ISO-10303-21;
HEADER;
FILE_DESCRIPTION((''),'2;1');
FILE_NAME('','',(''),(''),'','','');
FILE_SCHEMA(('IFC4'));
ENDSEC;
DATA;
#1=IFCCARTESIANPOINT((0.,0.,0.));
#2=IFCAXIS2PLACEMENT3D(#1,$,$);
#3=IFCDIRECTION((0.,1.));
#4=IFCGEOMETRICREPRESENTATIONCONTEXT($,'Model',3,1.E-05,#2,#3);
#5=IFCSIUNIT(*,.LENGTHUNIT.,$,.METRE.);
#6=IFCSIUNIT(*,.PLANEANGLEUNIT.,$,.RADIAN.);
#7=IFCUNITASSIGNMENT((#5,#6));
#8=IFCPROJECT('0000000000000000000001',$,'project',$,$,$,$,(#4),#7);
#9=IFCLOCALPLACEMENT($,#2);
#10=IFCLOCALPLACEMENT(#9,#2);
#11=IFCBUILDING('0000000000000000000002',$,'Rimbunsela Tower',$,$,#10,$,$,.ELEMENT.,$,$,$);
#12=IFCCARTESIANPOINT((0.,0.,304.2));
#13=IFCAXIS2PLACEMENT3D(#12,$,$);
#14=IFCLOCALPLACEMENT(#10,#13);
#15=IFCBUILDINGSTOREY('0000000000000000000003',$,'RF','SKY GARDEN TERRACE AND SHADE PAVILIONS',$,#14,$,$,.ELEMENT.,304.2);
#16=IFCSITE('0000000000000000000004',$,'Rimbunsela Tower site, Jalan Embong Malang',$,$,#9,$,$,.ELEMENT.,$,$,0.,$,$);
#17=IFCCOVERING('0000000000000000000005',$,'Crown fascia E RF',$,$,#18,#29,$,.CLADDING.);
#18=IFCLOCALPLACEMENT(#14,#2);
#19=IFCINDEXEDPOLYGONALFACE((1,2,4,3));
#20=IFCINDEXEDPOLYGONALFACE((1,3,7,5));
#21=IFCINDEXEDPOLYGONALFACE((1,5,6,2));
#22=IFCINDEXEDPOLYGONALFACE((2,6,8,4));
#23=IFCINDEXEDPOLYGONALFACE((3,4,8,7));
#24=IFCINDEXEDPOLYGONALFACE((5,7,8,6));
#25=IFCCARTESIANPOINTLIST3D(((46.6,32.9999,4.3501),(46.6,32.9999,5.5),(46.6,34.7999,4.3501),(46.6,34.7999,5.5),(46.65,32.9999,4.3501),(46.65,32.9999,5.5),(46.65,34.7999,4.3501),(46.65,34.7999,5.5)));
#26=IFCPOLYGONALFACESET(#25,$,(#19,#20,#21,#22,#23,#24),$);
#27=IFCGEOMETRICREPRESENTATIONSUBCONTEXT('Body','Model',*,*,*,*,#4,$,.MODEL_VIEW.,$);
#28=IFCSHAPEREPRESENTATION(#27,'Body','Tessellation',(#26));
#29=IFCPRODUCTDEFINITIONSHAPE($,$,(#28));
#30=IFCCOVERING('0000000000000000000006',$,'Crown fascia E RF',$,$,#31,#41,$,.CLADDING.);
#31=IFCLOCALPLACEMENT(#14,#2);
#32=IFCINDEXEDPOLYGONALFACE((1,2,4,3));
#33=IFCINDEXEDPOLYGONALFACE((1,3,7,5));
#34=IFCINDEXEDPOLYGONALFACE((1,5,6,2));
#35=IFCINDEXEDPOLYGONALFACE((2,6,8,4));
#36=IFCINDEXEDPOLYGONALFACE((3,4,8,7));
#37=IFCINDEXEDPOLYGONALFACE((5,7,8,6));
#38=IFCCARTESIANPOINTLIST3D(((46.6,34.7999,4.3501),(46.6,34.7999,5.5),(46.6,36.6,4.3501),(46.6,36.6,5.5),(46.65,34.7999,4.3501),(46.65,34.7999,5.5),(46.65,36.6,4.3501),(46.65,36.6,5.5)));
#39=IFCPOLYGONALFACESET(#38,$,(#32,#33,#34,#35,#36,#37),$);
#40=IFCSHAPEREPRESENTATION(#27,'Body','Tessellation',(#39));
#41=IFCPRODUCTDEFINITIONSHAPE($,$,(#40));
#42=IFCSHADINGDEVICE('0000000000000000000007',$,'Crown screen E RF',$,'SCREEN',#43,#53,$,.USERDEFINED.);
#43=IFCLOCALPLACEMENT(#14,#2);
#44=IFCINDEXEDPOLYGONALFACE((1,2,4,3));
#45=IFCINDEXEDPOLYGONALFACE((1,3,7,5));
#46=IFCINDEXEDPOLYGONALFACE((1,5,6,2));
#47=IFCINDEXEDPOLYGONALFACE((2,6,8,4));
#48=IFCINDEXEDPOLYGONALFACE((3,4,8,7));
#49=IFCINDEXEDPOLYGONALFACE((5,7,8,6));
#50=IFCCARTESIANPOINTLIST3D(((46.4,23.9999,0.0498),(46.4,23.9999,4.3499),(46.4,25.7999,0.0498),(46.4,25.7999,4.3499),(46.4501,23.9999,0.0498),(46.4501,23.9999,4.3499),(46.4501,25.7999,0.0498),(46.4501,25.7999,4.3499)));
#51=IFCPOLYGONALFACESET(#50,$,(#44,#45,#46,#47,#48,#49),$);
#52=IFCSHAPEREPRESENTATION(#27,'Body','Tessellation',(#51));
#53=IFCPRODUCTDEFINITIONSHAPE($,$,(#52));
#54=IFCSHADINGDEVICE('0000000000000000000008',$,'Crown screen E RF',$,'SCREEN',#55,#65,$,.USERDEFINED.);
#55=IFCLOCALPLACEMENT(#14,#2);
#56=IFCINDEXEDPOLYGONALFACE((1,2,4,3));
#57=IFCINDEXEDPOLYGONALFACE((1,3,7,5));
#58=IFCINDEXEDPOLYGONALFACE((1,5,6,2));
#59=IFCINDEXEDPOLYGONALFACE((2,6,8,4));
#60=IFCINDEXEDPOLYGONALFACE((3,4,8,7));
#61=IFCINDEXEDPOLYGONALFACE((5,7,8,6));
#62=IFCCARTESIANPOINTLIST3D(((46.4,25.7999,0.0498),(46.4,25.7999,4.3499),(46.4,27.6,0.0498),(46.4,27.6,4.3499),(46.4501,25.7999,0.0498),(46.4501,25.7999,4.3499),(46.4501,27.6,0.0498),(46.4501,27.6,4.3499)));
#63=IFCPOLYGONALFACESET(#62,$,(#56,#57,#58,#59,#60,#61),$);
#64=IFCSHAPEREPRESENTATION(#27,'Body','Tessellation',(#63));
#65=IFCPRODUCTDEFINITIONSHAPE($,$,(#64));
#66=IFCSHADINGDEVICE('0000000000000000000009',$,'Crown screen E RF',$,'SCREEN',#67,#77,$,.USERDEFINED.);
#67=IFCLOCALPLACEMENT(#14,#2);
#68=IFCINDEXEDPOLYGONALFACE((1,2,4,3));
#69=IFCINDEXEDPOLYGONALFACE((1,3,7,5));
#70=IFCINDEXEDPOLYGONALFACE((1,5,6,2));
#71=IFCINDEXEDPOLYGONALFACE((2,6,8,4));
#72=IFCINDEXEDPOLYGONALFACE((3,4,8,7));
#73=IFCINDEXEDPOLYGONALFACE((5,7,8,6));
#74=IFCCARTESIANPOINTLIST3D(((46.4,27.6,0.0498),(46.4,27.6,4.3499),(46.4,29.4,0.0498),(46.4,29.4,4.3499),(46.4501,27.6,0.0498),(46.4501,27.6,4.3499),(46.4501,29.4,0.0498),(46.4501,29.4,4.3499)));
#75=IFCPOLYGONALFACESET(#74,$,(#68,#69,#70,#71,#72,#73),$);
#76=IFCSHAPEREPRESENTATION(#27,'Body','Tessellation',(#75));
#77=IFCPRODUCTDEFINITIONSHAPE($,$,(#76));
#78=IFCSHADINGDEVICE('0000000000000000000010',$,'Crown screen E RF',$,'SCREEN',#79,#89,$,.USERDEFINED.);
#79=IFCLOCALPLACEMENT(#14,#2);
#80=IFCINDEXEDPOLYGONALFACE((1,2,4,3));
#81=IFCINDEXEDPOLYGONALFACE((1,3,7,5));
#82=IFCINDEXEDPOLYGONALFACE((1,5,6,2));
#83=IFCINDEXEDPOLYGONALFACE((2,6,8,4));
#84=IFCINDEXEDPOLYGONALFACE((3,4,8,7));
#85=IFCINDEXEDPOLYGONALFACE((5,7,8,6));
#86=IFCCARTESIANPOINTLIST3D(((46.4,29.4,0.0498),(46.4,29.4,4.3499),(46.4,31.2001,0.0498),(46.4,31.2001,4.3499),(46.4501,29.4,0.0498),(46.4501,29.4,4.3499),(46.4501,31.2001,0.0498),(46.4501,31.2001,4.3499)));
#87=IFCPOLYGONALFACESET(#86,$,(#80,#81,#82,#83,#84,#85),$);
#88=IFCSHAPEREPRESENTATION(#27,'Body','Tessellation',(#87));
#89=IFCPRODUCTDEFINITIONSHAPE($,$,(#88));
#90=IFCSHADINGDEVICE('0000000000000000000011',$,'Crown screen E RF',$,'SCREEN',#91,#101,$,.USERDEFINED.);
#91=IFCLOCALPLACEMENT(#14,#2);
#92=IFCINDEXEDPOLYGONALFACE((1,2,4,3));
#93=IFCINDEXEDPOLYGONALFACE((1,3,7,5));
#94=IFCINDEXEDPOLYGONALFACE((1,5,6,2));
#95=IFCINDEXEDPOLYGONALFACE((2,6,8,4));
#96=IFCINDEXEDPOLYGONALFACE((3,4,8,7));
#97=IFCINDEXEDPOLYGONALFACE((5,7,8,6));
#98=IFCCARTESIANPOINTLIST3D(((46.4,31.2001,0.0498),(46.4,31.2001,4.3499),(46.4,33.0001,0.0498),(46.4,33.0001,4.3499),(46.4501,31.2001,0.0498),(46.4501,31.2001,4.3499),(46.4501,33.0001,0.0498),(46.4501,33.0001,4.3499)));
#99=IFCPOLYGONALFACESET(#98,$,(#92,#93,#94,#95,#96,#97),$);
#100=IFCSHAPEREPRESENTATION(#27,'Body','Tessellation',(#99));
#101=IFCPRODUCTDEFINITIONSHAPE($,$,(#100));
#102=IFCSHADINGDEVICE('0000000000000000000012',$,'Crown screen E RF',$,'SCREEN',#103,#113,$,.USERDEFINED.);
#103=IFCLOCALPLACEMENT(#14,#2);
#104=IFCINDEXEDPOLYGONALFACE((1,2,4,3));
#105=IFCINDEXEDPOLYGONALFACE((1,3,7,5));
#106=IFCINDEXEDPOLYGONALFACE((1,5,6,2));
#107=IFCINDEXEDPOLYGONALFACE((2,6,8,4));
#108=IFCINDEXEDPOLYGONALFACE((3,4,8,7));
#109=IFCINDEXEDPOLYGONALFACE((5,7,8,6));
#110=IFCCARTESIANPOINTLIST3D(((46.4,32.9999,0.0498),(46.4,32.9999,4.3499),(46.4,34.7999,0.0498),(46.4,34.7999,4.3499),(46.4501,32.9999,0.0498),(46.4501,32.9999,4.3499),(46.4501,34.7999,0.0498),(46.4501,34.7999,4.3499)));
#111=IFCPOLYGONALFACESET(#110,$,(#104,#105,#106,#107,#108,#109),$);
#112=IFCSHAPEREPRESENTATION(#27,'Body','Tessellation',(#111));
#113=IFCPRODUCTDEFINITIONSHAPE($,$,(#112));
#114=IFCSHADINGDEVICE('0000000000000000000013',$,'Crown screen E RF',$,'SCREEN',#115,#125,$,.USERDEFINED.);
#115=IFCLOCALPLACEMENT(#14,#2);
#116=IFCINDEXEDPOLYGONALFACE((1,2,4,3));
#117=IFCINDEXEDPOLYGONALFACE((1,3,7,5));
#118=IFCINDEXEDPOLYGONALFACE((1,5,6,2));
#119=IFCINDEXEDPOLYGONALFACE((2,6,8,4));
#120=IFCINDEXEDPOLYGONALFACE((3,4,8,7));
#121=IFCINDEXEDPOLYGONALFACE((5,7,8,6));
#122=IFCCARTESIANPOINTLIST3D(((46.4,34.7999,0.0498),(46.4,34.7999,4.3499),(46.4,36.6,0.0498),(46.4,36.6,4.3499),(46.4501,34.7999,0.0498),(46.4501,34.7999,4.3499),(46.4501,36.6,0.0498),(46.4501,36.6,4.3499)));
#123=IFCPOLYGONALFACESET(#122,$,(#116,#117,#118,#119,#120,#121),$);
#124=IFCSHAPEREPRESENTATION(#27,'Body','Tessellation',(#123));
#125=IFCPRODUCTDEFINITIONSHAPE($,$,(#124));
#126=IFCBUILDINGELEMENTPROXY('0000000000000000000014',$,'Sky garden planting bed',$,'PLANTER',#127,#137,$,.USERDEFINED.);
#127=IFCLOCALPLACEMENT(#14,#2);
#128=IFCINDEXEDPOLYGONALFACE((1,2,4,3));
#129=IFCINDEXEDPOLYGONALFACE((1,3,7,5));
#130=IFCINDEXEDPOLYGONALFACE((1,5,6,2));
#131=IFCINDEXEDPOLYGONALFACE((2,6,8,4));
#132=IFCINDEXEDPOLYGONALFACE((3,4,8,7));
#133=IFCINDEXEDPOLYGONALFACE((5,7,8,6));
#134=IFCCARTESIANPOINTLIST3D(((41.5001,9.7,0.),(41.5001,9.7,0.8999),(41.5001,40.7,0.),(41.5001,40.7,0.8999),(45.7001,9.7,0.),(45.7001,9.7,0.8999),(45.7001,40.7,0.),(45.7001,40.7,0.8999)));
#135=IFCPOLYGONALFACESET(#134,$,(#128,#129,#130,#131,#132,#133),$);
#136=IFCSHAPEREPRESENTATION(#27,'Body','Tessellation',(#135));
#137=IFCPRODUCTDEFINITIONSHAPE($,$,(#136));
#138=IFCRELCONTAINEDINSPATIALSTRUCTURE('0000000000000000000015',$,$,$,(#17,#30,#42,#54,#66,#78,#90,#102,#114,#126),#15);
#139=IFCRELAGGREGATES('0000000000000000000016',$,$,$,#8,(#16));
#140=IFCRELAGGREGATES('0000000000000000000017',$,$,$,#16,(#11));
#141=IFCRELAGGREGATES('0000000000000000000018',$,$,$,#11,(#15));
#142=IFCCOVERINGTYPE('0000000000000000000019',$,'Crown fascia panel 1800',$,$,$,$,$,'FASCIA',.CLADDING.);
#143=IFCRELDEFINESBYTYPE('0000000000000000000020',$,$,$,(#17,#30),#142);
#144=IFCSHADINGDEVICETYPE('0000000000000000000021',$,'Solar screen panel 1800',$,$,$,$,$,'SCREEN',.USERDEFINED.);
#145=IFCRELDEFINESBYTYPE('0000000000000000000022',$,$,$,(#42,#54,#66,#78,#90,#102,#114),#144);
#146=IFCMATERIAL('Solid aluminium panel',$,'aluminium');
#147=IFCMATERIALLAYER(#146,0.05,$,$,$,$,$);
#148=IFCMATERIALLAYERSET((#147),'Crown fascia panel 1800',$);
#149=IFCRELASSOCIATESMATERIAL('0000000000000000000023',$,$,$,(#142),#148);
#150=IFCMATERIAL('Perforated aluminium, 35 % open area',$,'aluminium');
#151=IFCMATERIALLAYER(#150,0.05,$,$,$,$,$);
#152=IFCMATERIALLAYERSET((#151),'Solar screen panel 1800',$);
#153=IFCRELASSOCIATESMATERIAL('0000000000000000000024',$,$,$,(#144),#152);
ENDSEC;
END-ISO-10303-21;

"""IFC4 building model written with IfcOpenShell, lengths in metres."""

from ifc_helpers import new_model, si_unit, direction, frame, origin, origin_2d, place, context, subcontext, project, spatial, rectangle, extrude, material, layer, layer_set, type_object, element, save


model = new_model("IFC4")

# Units and contexts
model_context = context("Model", 3, precision=1e-05, world=origin(), true_north=direction((0.0, 1.0)))
body_context = subcontext(model_context, "Body", "Model", "MODEL_VIEW")
ifc_project = project(units=[si_unit("LENGTHUNIT", "METRE"), si_unit("PLANEANGLEUNIT", "RADIAN")], contexts=[model_context])

# Site, building, storey
site_placement = place(None, origin())
site = spatial("IfcSite", under=ifc_project, at=site_placement, Name="Rimbunsela Tower site, Jalan Embong Malang", CompositionType="ELEMENT", RefElevation=0.0)
building_placement = place(site_placement, origin())
building = spatial("IfcBuilding", under=site, at=building_placement, Name="Rimbunsela Tower", CompositionType="ELEMENT")
storey_placement = place(building_placement, frame((0.0, 0.0, 304.2)))
storey = spatial("IfcBuildingStorey", under=building, at=storey_placement, Name="RF", Description="SKY GARDEN TERRACE AND SHADE PAVILIONS", CompositionType="ELEMENT", Elevation=304.2)

# Coverings
ifc_material_1 = material(Name="Solid aluminium panel", Category="aluminium")
ifc_layer_1 = layer(ifc_material_1, 0.05)
ifc_layer_set_1 = layer_set([ifc_layer_1], Name="Crown fascia panel 1800")
covering_type = type_object("IfcCoveringType", Name="Crown fascia panel 1800", ElementType="FASCIA", PredefinedType="CLADDING", material=ifc_layer_set_1)
for number, where, z_axis, x_axis, name in (
    (1, (46.625, 33.8999, 4.3501), (0.0, 0.0, 1.0), (0.0, 1.0, 0.0), "Crown fascia E RF"),
    (2, (46.625, 35.7, 4.3501), (0.0, 0.0, 1.0), (0.0, 1.0, 0.0), "Crown fascia E RF"),
):
    element("IfcCovering", number, at=place(storey_placement, frame(where, z_axis=z_axis, x_axis=x_axis)), inside=storey, type_object=covering_type, Name=name, PredefinedType="CLADDING", context=body_context, shape_type="SweptSolid", body=[
        extrude(rectangle(XDim=1.8, YDim=0.05, at=origin_2d()), origin(), (0.0, 0.0, 1.0), 1.1499),
    ])

# Shading devices
ifc_material_2 = material(Name="Perforated aluminium, 35 % open area", Category="aluminium")
ifc_layer_2 = layer(ifc_material_2, 0.05)
ifc_layer_set_2 = layer_set([ifc_layer_2], Name="Solar screen panel 1800")
shading_device_type = type_object("IfcShadingDeviceType", Name="Solar screen panel 1800", ElementType="SCREEN", PredefinedType="USERDEFINED", material=ifc_layer_set_2)
for number, where, z_axis, x_axis, name in (
    (3, (46.425, 24.8999, 0.0498), (0.0, 0.0, 1.0), (0.0, 1.0, 0.0), "Crown screen E RF"),
    (4, (46.425, 26.7, 0.0498), (0.0, 0.0, 1.0), (0.0, 1.0, 0.0), "Crown screen E RF"),
    (5, (46.425, 28.5, 0.0498), (0.0, 0.0, 1.0), (0.0, 1.0, 0.0), "Crown screen E RF"),
    (6, (46.425, 30.3, 0.0498), (0.0, 0.0, 1.0), (0.0, 1.0, 0.0), "Crown screen E RF"),
    (7, (46.425, 32.1001, 0.0498), (0.0, 0.0, 1.0), (0.0, 1.0, 0.0), "Crown screen E RF"),
    (8, (46.425, 33.8999, 0.0498), (0.0, 0.0, 1.0), (0.0, 1.0, 0.0), "Crown screen E RF"),
    (9, (46.425, 35.7, 0.0498), (0.0, 0.0, 1.0), (0.0, 1.0, 0.0), "Crown screen E RF"),
):
    element("IfcShadingDevice", number, at=place(storey_placement, frame(where, z_axis=z_axis, x_axis=x_axis)), inside=storey, type_object=shading_device_type, Name=name, ObjectType="SCREEN", PredefinedType="USERDEFINED", context=body_context, shape_type="SweptSolid", body=[
        extrude(rectangle(XDim=1.8, YDim=0.05, at=origin_2d()), origin(), (0.0, 0.0, 1.0), 4.3),
    ])

# Building element proxy
proxy_placement = place(storey_placement, frame((43.6001, 25.2, 0.0), z_axis=(0.0, 0.0, 1.0), x_axis=(1.0, 0.0, 0.0)))
element("IfcBuildingElementProxy", 10, at=proxy_placement, inside=storey, Name="Sky garden planting bed", ObjectType="PLANTER", PredefinedType="USERDEFINED", context=body_context, shape_type="SweptSolid", body=[
    extrude(rectangle(XDim=4.2, YDim=31.0, at=origin_2d()), origin(), (0.0, 0.0, 1.0), 0.8999),
])

save(model, "model.ifc")
